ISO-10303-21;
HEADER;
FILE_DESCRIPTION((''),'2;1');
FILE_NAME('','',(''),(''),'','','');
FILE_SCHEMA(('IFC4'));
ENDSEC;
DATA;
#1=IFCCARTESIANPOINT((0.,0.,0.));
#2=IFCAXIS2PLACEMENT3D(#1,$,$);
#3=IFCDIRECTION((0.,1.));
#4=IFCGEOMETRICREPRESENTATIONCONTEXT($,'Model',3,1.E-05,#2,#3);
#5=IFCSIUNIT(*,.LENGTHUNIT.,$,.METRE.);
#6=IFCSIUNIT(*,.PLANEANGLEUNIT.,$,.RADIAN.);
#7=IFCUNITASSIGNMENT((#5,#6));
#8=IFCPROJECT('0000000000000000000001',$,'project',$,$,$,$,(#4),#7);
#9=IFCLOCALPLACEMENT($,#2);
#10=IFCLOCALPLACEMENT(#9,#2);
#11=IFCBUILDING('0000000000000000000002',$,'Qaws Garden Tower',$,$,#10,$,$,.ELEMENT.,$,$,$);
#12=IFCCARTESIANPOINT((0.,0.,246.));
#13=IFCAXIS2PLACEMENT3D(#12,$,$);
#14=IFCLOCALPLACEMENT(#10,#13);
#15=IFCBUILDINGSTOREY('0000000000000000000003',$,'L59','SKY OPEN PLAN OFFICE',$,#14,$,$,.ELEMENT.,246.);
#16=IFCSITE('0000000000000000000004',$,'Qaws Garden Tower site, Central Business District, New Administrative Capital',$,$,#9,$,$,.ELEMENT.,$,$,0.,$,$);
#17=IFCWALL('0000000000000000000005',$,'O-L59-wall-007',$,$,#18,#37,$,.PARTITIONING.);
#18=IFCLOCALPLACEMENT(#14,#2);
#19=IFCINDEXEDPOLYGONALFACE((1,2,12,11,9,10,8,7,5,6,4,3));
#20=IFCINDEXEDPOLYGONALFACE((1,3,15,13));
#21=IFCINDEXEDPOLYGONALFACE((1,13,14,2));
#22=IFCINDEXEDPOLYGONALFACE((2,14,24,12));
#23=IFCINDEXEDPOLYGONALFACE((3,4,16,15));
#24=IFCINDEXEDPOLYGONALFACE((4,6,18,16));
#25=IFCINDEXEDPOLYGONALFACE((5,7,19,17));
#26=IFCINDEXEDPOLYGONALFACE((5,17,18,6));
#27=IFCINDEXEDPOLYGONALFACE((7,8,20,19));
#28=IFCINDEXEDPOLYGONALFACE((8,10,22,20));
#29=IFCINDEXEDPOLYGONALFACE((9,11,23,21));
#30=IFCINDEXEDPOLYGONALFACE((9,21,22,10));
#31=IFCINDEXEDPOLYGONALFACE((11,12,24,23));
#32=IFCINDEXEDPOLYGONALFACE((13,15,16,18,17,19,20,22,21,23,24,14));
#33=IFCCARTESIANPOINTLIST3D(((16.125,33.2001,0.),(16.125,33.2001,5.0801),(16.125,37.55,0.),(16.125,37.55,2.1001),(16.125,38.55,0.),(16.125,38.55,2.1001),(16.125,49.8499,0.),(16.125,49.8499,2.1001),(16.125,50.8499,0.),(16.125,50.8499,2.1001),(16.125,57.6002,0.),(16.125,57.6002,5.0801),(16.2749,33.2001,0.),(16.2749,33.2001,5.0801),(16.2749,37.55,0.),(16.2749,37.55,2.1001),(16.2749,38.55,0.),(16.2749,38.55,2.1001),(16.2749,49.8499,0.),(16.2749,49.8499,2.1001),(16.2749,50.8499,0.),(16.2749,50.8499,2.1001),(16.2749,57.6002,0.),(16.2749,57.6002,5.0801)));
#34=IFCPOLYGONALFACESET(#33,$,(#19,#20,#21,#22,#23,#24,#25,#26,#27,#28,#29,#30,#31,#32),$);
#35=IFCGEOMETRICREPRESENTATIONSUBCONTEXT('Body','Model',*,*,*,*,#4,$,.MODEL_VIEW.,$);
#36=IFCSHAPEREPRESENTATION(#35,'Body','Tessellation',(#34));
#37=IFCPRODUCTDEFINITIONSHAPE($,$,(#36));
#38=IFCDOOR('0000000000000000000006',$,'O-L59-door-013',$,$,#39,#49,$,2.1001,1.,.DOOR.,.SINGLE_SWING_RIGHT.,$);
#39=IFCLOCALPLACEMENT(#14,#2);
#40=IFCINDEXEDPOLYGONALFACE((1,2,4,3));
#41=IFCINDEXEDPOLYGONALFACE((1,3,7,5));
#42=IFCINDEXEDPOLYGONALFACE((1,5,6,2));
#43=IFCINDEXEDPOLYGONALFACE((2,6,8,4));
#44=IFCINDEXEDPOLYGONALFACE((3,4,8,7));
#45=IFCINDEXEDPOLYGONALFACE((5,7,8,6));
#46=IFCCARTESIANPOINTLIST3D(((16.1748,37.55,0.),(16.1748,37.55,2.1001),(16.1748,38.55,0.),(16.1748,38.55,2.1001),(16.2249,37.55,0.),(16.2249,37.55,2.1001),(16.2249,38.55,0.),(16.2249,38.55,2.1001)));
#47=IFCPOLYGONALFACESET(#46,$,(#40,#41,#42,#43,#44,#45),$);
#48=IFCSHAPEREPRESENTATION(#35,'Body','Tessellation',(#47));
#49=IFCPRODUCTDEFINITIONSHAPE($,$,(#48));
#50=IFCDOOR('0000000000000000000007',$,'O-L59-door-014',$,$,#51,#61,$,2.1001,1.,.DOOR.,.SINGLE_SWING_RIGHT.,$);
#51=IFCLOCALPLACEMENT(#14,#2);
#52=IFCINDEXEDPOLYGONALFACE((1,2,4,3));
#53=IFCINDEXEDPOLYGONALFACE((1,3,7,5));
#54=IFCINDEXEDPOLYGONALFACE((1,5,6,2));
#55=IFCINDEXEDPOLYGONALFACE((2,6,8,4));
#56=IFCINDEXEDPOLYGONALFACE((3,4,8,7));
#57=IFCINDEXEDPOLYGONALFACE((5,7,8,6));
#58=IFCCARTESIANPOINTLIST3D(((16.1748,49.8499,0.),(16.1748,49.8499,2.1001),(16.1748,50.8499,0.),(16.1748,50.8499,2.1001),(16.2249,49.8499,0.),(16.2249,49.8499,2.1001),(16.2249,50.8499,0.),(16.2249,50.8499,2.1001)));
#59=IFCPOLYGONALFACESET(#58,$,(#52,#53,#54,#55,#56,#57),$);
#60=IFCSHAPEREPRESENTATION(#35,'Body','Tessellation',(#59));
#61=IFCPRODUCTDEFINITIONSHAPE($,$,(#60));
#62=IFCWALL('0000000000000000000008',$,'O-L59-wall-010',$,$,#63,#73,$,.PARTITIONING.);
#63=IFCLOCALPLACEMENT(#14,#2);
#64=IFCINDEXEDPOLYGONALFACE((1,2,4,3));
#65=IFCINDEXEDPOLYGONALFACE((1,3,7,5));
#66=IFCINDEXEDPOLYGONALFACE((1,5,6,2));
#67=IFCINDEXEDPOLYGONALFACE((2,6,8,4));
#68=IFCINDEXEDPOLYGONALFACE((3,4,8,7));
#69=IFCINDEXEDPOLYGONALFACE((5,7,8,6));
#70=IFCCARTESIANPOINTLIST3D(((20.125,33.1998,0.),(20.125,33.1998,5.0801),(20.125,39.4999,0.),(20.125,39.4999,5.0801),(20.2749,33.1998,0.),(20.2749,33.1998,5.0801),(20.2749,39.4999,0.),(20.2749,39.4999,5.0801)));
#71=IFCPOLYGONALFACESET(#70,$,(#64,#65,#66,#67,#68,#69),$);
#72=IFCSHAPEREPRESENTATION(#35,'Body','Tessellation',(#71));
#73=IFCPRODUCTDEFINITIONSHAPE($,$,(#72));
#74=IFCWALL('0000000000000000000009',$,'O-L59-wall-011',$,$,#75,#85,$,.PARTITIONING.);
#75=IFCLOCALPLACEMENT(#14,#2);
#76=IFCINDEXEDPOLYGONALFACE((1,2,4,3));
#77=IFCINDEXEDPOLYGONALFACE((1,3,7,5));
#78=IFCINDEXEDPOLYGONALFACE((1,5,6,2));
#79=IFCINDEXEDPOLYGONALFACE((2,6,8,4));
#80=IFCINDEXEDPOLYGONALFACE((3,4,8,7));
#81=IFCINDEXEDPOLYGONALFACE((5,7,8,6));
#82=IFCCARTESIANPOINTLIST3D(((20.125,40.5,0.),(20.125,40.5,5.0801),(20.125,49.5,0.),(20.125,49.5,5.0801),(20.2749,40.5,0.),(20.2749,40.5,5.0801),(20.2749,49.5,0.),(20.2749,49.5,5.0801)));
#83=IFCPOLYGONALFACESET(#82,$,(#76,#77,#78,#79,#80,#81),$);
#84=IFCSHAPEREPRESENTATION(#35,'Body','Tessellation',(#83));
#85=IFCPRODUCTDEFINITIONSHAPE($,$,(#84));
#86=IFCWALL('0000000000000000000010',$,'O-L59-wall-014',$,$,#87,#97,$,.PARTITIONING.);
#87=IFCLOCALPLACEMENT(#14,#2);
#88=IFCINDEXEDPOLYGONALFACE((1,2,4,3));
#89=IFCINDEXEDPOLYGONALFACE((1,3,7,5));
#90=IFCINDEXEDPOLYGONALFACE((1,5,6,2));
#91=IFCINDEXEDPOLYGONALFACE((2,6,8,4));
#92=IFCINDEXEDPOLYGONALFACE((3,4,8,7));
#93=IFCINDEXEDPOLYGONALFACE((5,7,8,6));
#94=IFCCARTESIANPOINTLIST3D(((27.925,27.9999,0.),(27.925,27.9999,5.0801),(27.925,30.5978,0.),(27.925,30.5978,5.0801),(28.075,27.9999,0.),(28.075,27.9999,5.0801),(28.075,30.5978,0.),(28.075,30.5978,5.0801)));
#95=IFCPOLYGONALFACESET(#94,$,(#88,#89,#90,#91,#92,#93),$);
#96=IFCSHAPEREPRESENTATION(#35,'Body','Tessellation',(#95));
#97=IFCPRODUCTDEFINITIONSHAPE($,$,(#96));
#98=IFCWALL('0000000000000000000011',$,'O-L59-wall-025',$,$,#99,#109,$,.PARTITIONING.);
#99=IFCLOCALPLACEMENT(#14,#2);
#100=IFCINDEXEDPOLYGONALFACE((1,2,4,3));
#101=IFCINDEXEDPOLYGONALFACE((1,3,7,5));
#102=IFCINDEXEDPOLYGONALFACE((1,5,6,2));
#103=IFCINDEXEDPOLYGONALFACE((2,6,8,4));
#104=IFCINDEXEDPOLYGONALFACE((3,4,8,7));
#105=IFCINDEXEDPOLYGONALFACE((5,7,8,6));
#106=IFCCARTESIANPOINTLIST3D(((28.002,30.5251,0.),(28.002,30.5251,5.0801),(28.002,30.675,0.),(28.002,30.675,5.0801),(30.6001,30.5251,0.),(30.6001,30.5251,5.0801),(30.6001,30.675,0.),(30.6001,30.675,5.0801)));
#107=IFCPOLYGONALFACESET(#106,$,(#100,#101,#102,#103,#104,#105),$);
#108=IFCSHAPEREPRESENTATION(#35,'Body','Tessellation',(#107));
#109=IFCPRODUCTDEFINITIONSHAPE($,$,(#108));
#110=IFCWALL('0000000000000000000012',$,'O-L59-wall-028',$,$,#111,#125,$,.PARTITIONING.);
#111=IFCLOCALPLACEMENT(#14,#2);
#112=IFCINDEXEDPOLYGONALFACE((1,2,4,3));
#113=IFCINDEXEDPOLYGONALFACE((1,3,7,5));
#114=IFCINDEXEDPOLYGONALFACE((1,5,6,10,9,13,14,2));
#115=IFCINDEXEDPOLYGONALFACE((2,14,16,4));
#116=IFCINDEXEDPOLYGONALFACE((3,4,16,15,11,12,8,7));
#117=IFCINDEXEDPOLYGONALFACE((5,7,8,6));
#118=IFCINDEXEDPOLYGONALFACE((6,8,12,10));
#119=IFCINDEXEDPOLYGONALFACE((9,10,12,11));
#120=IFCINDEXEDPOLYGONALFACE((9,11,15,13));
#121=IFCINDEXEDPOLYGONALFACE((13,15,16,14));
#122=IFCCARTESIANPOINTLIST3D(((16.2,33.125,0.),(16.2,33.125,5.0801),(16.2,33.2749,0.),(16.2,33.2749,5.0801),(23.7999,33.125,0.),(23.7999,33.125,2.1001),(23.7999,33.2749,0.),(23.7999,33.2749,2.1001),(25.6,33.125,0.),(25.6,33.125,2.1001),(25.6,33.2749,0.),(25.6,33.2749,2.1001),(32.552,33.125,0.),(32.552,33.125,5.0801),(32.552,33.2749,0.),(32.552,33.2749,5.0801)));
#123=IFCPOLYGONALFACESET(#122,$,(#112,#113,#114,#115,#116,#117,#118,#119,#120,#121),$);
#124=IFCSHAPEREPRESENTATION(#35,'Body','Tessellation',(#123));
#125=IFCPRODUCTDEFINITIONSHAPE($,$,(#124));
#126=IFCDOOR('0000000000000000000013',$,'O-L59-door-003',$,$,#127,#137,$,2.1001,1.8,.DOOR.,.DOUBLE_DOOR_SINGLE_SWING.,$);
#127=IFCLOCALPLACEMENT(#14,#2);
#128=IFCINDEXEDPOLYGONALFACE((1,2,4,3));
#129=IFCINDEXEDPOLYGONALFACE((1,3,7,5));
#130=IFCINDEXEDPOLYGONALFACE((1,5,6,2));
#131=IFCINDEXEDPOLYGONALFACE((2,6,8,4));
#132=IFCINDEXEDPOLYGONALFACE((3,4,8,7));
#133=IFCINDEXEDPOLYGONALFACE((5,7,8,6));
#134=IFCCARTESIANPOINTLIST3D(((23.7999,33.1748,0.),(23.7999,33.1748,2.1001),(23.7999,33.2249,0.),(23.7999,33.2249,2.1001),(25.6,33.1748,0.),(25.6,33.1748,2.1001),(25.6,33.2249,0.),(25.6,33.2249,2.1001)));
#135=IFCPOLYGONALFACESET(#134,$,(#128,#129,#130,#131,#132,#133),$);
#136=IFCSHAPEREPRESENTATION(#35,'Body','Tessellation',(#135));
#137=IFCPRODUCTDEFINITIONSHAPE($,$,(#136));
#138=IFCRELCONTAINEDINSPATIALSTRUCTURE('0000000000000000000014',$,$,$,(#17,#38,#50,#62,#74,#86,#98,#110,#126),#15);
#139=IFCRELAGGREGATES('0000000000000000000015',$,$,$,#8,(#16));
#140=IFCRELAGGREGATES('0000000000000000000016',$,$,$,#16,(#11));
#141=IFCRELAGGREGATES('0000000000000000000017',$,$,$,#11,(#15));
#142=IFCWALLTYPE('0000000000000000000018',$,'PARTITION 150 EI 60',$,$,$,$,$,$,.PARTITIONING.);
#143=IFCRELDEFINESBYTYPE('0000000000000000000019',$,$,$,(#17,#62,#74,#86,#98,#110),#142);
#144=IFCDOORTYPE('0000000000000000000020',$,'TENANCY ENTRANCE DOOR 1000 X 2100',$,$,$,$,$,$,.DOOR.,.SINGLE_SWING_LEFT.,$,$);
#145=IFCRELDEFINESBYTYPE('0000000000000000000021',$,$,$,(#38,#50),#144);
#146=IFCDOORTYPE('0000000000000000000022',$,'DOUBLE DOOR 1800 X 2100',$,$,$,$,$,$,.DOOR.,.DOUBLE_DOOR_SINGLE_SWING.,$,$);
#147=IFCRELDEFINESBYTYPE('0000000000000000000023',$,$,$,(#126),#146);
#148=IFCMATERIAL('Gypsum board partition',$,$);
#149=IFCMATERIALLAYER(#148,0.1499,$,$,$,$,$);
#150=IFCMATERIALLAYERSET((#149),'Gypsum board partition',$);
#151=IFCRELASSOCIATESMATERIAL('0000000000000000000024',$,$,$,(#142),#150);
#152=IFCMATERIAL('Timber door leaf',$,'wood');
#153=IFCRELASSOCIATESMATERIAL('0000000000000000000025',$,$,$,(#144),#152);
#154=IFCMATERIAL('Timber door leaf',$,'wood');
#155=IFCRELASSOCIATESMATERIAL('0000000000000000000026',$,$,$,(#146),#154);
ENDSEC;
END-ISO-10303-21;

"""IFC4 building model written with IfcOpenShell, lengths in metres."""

from ifc_helpers import new_model, si_unit, direction, frame, frame_2d, origin, place, context, subcontext, project, spatial, rectangle, extrude, material, layer, layer_set, type_object, element, fill, save


model = new_model("IFC4")

# Units and contexts
model_context = context("Model", 3, precision=1e-05, world=origin(), true_north=direction((0.0, 1.0)))
body_context = subcontext(model_context, "Body", "Model", "MODEL_VIEW")
ifc_project = project(units=[si_unit("LENGTHUNIT", "METRE"), si_unit("PLANEANGLEUNIT", "RADIAN")], contexts=[model_context])

# Site, building, storey
site_placement = place(None, origin())
site = spatial("IfcSite", under=ifc_project, at=site_placement, Name="Qaws Garden Tower site, Central Business District, New Administrative Capital", CompositionType="ELEMENT", RefElevation=0.0)
building_placement = place(site_placement, origin())
building = spatial("IfcBuilding", under=site, at=building_placement, Name="Qaws Garden Tower", CompositionType="ELEMENT")
storey_placement = place(building_placement, frame((0.0, 0.0, 246.0)))
storey = spatial("IfcBuildingStorey", under=building, at=storey_placement, Name="L59", Description="SKY OPEN PLAN OFFICE", CompositionType="ELEMENT", Elevation=246.0)

# Wall, openings, doors
ifc_material_1 = material(Name="Gypsum board partition")
ifc_layer_1 = layer(ifc_material_1, 0.1499)
ifc_layer_set_1 = layer_set([ifc_layer_1], Name="Gypsum board partition")
wall_type_1 = type_object("IfcWallType", Name="PARTITION 150 EI 60", PredefinedType="PARTITIONING", material=ifc_layer_set_1)
wall_1_placement = place(storey_placement, frame((16.2, 33.2, 0.0), z_axis=(0.0, 0.0, 1.0), x_axis=(0.0, 1.0, 0.0)))
wall_1 = element("IfcWall", 1, at=wall_1_placement, inside=storey, type_object=wall_type_1, Name="O-L59-wall-007", PredefinedType="PARTITIONING", context=body_context, shape_type="SweptSolid", body=[
    extrude(rectangle(XDim=24.4001, YDim=0.1499, at=frame_2d((12.2002, 0.0))), origin(), (0.0, 0.0, 1.0), 5.0801),
])
opening_1_placement = place(wall_1_placement, frame((4.3501, 0.0, 0.0)))
opening_1 = element("IfcOpeningElement", 2, at=opening_1_placement, cuts=wall_1, PredefinedType="OPENING", context=body_context, shape_type="SweptSolid", body=[
    extrude(rectangle(XDim=1.0, YDim=2.1001, at=frame_2d((0.5, 1.05))), frame((0.0, 0.085, 0.0), z_axis=(0.0, -1.0, 0.0), x_axis=(1.0, 0.0, 0.0)), (0.0, 0.0, 1.0), 0.1699),
])
opening_2_placement = place(wall_1_placement, frame((16.6499, 0.0, 0.0)))
opening_2 = element("IfcOpeningElement", 3, at=opening_2_placement, cuts=wall_1, PredefinedType="OPENING", context=body_context, shape_type="SweptSolid", body=[
    extrude(rectangle(XDim=1.0, YDim=2.1001, at=frame_2d((0.5, 1.05))), frame((0.0, 0.085, 0.0), z_axis=(0.0, -1.0, 0.0), x_axis=(1.0, 0.0, 0.0)), (0.0, 0.0, 1.0), 0.1699),
])
ifc_material_2 = material(Name="Timber door leaf", Category="wood")
door_type_1 = type_object("IfcDoorType", Name="TENANCY ENTRANCE DOOR 1000 X 2100", OperationType="SINGLE_SWING_LEFT", PredefinedType="DOOR", material=ifc_material_2)
door_1_placement = place(opening_1_placement, frame((1.0, 0.0, 0.0), z_axis=(0.0, 0.0, 1.0), x_axis=(-1.0, 0.0, 0.0)))
door_1 = element("IfcDoor", 4, at=door_1_placement, inside=storey, type_object=door_type_1, Name="O-L59-door-013", OperationType="SINGLE_SWING_RIGHT", OverallHeight=2.1001, OverallWidth=1.0, PredefinedType="DOOR", context=body_context, shape_type="SweptSolid", body=[
    extrude(rectangle(XDim=1.0, YDim=2.1001, at=frame_2d((0.5, 1.05))), frame((0.0, 0.0249, 0.0), z_axis=(0.0, -1.0, 0.0), x_axis=(1.0, 0.0, 0.0)), (0.0, 0.0, 1.0), 0.05),
])
fill(opening_1, door_1)
door_2_placement = place(opening_2_placement, frame((1.0, 0.0, 0.0), z_axis=(0.0, 0.0, 1.0), x_axis=(-1.0, 0.0, 0.0)))
door_2 = element("IfcDoor", 5, at=door_2_placement, inside=storey, type_object=door_type_1, Name="O-L59-door-014", OperationType="SINGLE_SWING_RIGHT", OverallHeight=2.1001, OverallWidth=1.0, PredefinedType="DOOR", context=body_context, shape_type="SweptSolid", body=[
    extrude(rectangle(XDim=1.0, YDim=2.1001, at=frame_2d((0.5, 1.05))), frame((0.0, 0.0249, 0.0), z_axis=(0.0, -1.0, 0.0), x_axis=(1.0, 0.0, 0.0)), (0.0, 0.0, 1.0), 0.05),
])
fill(opening_2, door_2)

# Walls
wall_2_placement = place(storey_placement, frame((20.2, 33.2, 0.0), z_axis=(0.0, 0.0, 1.0), x_axis=(0.0, 1.0, 0.0)))
element("IfcWall", 6, at=wall_2_placement, inside=storey, type_object=wall_type_1, Name="O-L59-wall-010", PredefinedType="PARTITIONING", context=body_context, shape_type="SweptSolid", body=[
    extrude(rectangle(XDim=6.3, YDim=0.1499, at=frame_2d((3.1499, 0.0))), origin(), (0.0, 0.0, 1.0), 5.0801),
])
wall_3_placement = place(storey_placement, frame((20.2, 40.5, 0.0), z_axis=(0.0, 0.0, 1.0), x_axis=(0.0, 1.0, 0.0)))
element("IfcWall", 7, at=wall_3_placement, inside=storey, type_object=wall_type_1, Name="O-L59-wall-011", PredefinedType="PARTITIONING", context=body_context, shape_type="SweptSolid", body=[
    extrude(rectangle(XDim=9.0, YDim=0.1499, at=frame_2d((4.5, 0.0))), origin(), (0.0, 0.0, 1.0), 5.0801),
])
wall_4_placement = place(storey_placement, frame((28.0, 28.0, 0.0), z_axis=(0.0, 0.0, 1.0), x_axis=(0.0, 1.0, 0.0)))
element("IfcWall", 8, at=wall_4_placement, inside=storey, type_object=wall_type_1, Name="O-L59-wall-014", PredefinedType="PARTITIONING", context=body_context, shape_type="SweptSolid", body=[
    extrude(rectangle(XDim=2.5979, YDim=0.1499, at=frame_2d((1.2988, 0.0))), origin(), (0.0, 0.0, 1.0), 5.0801),
])
wall_5_placement = place(storey_placement, frame((28.002, 30.6001, 0.0), z_axis=(0.0, 0.0, 1.0), x_axis=(1.0, 0.0, 0.0)))
element("IfcWall", 9, at=wall_5_placement, inside=storey, type_object=wall_type_1, Name="O-L59-wall-025", PredefinedType="PARTITIONING", context=body_context, shape_type="SweptSolid", body=[
    extrude(rectangle(XDim=2.5981, YDim=0.1499, at=frame_2d((1.2991, 0.0))), origin(), (0.0, 0.0, 1.0), 5.0801),
])

# Wall, opening, door
wall_6_placement = place(storey_placement, frame((16.2, 33.2, 0.0), z_axis=(0.0, 0.0, 1.0), x_axis=(1.0, 0.0, 0.0)))
wall_6 = element("IfcWall", 10, at=wall_6_placement, inside=storey, type_object=wall_type_1, Name="O-L59-wall-028", PredefinedType="PARTITIONING", context=body_context, shape_type="SweptSolid", body=[
    extrude(rectangle(XDim=16.3521, YDim=0.1499, at=frame_2d((8.176, 0.0))), origin(), (0.0, 0.0, 1.0), 5.0801),
])
opening_3_placement = place(wall_6_placement, frame((7.6001, 0.0, 0.0)))
opening_3 = element("IfcOpeningElement", 11, at=opening_3_placement, cuts=wall_6, PredefinedType="OPENING", context=body_context, shape_type="SweptSolid", body=[
    extrude(rectangle(XDim=1.8, YDim=2.1001, at=frame_2d((0.8999, 1.05))), frame((0.0, 0.085, 0.0), z_axis=(0.0, -1.0, 0.0), x_axis=(1.0, 0.0, 0.0)), (0.0, 0.0, 1.0), 0.1699),
])
ifc_material_3 = material(Name="Timber door leaf", Category="wood")
door_type_2 = type_object("IfcDoorType", Name="DOUBLE DOOR 1800 X 2100", OperationType="DOUBLE_DOOR_SINGLE_SWING", PredefinedType="DOOR", material=ifc_material_3)
door_3_placement = place(opening_3_placement, origin())
door_3 = element("IfcDoor", 12, at=door_3_placement, inside=storey, type_object=door_type_2, Name="O-L59-door-003", OperationType="DOUBLE_DOOR_SINGLE_SWING", OverallHeight=2.1001, OverallWidth=1.8, PredefinedType="DOOR", context=body_context, shape_type="SweptSolid", body=[
    extrude(rectangle(XDim=1.8, YDim=2.1001, at=frame_2d((0.8999, 1.05))), frame((0.0, 0.0249, 0.0), z_axis=(0.0, -1.0, 0.0), x_axis=(1.0, 0.0, 0.0)), (0.0, 0.0, 1.0), 0.05),
])
fill(opening_3, door_3)

save(model, "model.ifc")
